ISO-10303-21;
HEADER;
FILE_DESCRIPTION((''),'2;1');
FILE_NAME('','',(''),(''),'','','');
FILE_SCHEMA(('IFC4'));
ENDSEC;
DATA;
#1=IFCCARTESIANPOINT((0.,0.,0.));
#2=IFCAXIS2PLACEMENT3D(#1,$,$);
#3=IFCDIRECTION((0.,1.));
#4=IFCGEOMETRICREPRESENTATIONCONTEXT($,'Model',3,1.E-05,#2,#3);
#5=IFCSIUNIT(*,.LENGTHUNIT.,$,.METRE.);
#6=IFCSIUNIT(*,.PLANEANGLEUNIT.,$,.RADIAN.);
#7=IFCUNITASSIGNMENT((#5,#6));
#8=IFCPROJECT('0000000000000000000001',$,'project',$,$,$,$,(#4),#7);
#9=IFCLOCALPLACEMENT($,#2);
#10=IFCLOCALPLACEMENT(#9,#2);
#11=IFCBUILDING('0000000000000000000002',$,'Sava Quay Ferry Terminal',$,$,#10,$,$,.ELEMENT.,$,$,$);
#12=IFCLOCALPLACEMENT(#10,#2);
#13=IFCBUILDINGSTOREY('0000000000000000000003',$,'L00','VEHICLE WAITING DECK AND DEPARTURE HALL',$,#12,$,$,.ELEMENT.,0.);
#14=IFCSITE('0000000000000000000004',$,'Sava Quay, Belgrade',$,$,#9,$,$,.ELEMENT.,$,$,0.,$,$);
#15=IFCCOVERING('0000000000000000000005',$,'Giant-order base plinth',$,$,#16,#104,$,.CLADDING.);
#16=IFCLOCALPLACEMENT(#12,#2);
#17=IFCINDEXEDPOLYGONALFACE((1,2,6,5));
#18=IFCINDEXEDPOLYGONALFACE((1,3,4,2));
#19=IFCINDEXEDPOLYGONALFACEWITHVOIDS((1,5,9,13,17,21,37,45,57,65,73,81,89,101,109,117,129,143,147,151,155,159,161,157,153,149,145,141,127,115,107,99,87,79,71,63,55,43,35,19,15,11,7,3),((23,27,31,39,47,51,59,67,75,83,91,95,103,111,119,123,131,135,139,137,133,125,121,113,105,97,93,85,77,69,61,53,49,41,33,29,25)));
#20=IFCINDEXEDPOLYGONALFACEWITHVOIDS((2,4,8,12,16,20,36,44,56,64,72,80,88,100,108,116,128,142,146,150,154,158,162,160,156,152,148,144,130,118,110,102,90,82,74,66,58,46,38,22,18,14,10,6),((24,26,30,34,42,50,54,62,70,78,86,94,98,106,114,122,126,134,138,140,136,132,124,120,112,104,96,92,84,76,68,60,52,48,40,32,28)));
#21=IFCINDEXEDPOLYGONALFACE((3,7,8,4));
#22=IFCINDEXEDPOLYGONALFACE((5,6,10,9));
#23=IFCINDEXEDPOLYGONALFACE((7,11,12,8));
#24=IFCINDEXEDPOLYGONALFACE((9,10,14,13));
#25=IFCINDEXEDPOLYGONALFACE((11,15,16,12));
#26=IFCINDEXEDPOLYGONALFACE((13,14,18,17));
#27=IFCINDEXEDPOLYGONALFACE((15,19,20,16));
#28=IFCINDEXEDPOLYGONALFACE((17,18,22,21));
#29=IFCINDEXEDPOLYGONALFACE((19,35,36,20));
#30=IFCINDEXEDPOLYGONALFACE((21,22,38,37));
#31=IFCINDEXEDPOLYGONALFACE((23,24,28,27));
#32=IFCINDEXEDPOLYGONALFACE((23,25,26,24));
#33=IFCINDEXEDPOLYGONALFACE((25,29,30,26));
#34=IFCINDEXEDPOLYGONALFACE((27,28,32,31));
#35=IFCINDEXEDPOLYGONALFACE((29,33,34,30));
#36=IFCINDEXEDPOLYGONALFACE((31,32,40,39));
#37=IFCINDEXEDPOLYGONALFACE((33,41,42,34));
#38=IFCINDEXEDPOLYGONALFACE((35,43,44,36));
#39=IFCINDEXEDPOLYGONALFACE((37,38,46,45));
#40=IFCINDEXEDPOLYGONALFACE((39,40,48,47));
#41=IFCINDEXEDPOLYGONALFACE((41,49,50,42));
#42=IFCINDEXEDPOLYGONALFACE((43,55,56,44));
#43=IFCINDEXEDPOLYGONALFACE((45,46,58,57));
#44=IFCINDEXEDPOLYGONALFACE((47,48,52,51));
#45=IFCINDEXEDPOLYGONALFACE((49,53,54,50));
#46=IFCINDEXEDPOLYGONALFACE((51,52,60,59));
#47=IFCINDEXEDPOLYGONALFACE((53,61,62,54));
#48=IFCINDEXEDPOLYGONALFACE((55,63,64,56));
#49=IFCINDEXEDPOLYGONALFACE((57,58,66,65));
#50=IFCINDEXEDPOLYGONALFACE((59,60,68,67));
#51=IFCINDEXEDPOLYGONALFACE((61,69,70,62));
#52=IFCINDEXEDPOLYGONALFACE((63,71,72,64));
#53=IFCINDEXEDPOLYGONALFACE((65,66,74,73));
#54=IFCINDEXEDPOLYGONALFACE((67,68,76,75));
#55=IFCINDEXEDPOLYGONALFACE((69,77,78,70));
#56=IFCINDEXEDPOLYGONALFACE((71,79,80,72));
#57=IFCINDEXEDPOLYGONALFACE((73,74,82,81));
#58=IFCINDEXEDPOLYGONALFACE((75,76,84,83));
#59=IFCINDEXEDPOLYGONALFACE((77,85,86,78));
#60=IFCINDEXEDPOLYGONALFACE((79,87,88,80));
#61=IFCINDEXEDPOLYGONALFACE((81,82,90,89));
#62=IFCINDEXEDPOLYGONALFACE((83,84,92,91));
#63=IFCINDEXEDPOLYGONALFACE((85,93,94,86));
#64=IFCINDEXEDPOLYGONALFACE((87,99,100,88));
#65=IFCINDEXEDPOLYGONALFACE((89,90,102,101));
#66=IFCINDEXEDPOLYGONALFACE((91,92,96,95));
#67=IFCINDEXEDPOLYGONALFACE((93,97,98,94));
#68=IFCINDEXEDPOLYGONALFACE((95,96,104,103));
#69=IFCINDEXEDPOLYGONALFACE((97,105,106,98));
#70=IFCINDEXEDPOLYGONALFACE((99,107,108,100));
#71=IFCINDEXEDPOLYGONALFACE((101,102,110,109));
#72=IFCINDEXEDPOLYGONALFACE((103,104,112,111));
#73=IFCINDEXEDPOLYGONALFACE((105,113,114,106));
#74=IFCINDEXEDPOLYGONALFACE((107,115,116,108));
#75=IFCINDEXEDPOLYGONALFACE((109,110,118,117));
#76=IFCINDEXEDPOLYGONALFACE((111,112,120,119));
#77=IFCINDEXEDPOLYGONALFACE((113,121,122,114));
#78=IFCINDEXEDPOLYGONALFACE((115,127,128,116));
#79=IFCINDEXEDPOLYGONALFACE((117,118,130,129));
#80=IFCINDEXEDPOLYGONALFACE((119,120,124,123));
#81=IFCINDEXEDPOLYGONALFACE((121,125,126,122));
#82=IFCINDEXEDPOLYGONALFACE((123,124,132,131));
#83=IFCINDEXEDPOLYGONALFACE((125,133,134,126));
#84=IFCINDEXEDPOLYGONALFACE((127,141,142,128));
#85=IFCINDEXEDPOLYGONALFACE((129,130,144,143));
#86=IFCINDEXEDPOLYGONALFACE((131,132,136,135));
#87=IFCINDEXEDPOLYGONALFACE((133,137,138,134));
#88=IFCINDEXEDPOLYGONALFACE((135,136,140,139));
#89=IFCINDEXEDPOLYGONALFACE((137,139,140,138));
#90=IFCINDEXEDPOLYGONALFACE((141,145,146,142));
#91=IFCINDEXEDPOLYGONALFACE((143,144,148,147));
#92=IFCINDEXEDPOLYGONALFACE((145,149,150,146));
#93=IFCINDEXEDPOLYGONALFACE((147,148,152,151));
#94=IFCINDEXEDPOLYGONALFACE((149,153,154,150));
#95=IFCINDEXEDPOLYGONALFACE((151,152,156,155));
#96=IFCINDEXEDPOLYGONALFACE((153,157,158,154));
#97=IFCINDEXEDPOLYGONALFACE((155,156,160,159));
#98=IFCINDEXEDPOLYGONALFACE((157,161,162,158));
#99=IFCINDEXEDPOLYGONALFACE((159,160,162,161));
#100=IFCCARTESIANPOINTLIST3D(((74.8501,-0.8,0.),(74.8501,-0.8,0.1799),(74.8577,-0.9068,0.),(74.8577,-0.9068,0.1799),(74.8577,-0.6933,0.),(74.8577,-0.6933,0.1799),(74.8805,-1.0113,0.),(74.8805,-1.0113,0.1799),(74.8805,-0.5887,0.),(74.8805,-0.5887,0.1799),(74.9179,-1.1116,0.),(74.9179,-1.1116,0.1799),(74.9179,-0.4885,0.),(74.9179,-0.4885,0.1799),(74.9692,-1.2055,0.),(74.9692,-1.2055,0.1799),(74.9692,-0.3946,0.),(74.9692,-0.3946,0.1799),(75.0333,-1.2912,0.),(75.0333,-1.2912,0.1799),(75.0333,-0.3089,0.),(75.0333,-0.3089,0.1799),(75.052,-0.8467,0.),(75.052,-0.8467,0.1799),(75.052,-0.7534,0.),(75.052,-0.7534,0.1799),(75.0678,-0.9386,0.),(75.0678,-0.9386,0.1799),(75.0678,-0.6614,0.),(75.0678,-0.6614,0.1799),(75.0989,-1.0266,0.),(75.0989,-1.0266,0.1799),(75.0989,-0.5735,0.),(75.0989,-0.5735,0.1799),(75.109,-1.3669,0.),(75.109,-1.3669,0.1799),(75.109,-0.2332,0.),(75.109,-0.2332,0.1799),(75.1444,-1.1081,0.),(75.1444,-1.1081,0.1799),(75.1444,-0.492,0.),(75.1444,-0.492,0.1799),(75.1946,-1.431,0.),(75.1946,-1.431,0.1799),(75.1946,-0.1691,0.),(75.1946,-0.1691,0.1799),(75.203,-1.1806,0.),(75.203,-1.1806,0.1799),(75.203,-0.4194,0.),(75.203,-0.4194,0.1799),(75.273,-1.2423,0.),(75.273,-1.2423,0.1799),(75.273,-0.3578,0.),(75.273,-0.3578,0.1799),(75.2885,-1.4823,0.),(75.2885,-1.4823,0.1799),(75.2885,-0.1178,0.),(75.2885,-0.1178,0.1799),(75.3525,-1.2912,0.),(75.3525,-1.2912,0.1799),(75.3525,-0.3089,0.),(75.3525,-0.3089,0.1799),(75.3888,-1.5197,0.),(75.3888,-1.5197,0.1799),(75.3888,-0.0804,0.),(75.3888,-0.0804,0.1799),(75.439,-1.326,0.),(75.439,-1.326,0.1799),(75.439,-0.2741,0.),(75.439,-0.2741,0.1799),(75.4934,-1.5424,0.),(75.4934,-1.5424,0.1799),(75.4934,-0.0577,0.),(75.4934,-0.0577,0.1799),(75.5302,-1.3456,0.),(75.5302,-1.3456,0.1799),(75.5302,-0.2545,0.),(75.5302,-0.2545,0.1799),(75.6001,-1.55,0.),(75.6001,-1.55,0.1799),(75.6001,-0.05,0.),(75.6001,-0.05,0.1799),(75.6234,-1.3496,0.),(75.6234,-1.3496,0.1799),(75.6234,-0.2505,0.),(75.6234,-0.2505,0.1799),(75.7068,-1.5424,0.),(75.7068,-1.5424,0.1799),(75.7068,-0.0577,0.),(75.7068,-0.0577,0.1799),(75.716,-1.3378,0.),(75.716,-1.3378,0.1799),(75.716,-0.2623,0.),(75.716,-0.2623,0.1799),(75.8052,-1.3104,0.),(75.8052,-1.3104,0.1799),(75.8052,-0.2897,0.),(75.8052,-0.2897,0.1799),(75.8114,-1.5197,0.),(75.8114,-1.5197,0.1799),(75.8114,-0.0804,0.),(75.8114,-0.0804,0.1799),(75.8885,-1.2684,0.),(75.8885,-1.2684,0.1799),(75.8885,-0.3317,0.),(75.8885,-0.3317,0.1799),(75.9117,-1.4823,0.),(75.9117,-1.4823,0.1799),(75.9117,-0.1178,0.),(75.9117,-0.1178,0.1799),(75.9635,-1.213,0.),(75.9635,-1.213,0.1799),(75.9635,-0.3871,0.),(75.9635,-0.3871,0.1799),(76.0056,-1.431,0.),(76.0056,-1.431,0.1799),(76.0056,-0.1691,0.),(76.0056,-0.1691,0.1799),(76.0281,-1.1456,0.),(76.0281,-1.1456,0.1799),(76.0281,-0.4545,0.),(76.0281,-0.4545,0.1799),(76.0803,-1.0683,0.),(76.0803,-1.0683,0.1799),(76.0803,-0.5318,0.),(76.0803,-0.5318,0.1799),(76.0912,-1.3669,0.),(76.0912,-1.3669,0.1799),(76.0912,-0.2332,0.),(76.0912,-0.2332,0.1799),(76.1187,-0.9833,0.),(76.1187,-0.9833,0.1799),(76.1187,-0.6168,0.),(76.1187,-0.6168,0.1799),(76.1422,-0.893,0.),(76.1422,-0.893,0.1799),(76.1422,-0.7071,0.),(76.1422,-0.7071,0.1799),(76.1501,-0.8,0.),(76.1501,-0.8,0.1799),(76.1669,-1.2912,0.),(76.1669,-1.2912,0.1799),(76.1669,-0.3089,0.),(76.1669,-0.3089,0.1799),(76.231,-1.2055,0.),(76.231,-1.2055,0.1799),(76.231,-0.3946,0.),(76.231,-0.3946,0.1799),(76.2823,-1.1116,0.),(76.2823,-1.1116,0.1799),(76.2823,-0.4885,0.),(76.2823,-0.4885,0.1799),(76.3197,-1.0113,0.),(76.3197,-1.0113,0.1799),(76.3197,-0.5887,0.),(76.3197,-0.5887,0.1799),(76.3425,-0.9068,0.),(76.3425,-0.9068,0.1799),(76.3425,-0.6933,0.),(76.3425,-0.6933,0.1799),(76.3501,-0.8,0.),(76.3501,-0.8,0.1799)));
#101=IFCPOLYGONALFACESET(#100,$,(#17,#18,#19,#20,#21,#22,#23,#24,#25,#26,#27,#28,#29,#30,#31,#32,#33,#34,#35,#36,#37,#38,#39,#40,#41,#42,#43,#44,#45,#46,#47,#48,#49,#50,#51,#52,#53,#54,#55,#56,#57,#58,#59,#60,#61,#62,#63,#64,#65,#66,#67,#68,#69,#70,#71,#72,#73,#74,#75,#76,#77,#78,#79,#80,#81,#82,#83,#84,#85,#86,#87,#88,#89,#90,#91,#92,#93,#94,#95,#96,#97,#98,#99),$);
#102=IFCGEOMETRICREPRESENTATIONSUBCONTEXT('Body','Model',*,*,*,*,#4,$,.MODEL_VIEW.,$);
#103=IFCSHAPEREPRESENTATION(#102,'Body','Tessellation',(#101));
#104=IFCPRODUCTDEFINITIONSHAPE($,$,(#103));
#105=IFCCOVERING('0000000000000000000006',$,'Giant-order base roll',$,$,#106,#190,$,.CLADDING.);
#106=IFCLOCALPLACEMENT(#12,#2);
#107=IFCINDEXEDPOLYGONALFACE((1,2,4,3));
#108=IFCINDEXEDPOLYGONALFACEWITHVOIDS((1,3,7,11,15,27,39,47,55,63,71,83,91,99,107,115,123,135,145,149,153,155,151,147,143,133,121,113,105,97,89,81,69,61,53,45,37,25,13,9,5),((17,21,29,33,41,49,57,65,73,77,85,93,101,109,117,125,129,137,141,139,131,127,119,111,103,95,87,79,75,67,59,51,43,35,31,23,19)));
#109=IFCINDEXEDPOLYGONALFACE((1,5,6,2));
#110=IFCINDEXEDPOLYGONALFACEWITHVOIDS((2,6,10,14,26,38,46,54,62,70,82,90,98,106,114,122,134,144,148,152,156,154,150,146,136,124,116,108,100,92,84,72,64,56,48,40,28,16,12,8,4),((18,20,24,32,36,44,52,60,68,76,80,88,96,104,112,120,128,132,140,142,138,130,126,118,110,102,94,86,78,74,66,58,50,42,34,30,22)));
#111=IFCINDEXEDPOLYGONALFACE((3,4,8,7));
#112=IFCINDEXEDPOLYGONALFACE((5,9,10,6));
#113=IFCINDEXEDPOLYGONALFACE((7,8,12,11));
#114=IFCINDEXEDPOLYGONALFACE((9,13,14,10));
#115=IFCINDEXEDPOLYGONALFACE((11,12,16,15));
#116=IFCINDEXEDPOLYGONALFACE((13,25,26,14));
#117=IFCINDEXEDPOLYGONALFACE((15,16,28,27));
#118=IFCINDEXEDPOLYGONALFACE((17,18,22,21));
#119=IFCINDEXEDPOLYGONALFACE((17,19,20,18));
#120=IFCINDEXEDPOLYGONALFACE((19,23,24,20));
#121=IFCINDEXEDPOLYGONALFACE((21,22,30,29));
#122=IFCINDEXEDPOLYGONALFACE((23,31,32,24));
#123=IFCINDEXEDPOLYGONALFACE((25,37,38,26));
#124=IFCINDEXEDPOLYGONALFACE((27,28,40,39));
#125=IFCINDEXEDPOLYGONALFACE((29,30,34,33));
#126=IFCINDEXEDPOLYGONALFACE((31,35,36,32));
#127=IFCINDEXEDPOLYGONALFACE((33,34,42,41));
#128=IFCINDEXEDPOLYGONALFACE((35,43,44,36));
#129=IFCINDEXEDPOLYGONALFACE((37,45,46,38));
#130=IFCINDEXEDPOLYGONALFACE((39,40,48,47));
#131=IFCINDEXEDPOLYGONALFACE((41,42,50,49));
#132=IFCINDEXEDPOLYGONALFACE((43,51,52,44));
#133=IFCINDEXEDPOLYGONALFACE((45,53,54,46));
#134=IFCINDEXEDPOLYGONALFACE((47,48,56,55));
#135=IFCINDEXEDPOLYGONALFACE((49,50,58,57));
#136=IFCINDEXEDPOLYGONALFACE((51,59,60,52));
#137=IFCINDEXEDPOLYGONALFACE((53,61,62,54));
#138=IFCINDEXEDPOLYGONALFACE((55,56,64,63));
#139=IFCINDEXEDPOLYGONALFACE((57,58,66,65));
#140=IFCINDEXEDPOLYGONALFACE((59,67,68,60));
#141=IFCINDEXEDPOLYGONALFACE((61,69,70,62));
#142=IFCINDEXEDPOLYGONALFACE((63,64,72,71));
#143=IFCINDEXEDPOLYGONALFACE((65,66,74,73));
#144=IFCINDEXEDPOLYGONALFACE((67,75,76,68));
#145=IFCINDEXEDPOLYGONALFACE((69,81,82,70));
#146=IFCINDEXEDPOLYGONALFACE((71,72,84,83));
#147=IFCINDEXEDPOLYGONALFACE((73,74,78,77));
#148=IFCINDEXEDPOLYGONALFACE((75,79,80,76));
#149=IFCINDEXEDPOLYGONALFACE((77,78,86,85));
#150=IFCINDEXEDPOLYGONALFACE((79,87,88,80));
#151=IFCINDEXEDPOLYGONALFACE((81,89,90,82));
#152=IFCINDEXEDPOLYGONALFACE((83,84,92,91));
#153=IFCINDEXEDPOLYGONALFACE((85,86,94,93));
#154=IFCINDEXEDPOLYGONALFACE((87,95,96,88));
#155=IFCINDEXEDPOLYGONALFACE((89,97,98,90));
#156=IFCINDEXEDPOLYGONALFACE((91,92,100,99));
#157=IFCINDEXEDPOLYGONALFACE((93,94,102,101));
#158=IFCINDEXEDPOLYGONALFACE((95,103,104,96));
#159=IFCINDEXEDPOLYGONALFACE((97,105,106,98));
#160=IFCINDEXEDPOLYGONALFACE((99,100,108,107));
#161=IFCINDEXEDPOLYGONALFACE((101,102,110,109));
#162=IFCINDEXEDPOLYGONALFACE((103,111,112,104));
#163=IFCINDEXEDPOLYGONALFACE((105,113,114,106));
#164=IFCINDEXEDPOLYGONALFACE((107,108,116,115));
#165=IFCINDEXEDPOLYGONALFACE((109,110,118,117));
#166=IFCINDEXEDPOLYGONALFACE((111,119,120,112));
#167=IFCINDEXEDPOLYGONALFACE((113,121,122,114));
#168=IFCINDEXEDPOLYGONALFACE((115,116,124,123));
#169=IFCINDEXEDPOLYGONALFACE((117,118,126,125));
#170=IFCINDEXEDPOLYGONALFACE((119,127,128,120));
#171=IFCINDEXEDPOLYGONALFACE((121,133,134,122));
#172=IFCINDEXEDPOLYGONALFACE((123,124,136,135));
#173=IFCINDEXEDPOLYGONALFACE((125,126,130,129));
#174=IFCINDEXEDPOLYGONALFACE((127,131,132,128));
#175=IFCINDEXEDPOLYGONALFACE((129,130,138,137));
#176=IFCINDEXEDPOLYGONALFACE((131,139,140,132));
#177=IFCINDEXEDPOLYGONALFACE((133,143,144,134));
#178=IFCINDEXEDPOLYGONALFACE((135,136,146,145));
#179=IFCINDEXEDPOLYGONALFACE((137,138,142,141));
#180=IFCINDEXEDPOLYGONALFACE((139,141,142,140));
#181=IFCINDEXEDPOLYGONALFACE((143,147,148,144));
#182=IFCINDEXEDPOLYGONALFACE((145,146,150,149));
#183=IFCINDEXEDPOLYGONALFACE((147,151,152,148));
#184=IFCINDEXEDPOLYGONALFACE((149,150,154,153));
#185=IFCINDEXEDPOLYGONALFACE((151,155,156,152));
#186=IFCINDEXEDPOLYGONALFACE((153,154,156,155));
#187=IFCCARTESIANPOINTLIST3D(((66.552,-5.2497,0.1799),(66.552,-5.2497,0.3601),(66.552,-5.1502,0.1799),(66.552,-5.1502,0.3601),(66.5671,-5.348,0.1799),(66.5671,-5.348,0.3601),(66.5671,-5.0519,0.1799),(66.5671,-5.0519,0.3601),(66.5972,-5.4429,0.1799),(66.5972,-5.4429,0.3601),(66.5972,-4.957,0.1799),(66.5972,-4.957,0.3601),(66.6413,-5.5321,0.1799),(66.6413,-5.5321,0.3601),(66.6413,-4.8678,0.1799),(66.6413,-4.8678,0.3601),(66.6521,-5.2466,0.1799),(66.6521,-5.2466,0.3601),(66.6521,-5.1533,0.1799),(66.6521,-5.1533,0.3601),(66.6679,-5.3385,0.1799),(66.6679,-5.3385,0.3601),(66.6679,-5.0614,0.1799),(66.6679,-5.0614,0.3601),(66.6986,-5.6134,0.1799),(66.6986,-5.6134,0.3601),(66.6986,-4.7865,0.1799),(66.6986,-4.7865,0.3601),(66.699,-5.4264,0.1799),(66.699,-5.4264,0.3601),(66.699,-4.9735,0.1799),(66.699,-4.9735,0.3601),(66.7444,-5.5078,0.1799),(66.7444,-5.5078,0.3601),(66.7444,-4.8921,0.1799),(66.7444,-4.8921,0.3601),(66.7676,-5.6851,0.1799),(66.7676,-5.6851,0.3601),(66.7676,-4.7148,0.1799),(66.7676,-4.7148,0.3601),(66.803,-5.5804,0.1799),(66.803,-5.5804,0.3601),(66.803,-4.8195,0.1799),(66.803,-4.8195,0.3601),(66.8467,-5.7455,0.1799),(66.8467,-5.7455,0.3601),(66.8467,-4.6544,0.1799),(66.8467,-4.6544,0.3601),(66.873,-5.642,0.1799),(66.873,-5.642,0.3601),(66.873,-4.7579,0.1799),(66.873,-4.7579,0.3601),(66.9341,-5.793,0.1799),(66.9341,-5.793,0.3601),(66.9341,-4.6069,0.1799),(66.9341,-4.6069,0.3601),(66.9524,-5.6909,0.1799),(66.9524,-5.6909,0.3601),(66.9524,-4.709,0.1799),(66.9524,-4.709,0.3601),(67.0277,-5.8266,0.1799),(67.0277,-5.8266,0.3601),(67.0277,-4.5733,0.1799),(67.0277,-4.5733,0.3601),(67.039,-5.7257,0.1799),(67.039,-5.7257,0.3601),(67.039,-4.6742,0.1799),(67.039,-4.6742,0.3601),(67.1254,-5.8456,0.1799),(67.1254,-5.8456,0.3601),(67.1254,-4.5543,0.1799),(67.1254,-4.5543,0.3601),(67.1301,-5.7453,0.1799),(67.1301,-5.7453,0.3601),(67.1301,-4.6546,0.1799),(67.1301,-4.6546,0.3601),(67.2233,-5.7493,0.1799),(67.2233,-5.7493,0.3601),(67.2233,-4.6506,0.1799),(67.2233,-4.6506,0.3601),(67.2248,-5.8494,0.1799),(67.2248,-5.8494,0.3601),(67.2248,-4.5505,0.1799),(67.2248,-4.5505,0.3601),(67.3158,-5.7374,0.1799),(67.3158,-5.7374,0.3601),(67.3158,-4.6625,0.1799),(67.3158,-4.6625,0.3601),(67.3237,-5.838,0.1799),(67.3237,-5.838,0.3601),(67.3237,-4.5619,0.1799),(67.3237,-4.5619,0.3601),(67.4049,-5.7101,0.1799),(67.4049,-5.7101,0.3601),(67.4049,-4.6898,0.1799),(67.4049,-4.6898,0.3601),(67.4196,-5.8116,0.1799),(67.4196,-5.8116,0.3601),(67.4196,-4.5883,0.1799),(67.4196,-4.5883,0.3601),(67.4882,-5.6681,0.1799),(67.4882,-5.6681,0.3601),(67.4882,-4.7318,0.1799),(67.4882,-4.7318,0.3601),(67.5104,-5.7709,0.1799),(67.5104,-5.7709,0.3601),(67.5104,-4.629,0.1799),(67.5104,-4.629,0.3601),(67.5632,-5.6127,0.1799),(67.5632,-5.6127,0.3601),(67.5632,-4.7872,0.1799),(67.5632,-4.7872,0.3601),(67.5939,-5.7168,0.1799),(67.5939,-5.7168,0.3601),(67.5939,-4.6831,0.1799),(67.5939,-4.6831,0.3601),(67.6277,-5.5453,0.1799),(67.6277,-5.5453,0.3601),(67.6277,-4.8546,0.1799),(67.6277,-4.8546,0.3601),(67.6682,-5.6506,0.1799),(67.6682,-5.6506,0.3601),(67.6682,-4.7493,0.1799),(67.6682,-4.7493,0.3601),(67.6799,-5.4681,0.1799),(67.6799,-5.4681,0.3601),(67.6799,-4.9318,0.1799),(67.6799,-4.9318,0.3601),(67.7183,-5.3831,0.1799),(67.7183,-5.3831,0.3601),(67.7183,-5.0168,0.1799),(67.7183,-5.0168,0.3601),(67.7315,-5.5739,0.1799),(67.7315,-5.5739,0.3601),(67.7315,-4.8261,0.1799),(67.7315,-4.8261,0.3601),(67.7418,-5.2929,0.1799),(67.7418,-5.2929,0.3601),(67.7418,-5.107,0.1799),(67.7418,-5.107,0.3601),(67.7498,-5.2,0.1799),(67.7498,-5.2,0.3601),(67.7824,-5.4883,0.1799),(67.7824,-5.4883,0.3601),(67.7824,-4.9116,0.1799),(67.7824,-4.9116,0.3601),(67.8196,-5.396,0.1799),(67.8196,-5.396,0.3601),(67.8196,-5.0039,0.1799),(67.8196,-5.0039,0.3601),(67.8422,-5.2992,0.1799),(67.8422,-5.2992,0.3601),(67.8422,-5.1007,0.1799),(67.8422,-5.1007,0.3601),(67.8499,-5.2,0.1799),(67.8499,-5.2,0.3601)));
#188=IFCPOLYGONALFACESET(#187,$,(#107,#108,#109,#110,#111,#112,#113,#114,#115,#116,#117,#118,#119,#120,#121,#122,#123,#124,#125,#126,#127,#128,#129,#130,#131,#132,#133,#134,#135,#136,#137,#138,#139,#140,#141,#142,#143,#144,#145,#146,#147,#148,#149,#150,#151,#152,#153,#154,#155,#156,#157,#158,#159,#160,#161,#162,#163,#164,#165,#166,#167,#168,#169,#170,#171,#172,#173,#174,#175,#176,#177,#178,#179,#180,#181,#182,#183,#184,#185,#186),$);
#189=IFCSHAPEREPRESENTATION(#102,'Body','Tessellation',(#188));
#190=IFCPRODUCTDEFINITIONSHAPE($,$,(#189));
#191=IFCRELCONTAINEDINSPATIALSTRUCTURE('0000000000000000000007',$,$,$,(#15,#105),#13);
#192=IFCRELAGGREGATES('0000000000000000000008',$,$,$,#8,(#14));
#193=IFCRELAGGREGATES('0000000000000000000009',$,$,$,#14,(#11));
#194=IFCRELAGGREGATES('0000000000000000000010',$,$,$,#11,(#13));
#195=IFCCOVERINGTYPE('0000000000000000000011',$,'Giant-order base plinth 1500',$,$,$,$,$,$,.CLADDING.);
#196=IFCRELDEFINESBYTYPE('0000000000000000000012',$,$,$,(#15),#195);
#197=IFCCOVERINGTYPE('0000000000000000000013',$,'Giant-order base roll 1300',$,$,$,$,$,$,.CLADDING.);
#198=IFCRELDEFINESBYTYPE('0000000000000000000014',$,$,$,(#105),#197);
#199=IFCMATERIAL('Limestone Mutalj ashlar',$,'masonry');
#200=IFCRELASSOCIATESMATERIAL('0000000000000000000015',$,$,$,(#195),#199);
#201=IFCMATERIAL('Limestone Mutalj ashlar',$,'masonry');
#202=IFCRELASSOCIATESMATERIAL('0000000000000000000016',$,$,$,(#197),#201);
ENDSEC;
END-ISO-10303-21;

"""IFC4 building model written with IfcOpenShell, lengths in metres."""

from ifc_helpers import new_model, si_unit, direction, frame, origin, origin_2d, place, context, subcontext, project, spatial, hollow_circle, extrude, material, material_profile, profile_set, type_object, element, save


model = new_model("IFC4")

# Units and contexts
model_context = context("Model", 3, precision=1e-05, world=origin(), true_north=direction((0.0, 1.0)))
body_context = subcontext(model_context, "Body", "Model", "MODEL_VIEW")
ifc_project = project(units=[si_unit("LENGTHUNIT", "METRE"), si_unit("PLANEANGLEUNIT", "RADIAN")], contexts=[model_context])

# Site, building, storey
site_placement = place(None, origin())
site = spatial("IfcSite", under=ifc_project, at=site_placement, Name="Sava Quay, Belgrade", CompositionType="ELEMENT", RefElevation=0.0)
building_placement = place(site_placement, origin())
building = spatial("IfcBuilding", under=site, at=building_placement, Name="Sava Quay Ferry Terminal", CompositionType="ELEMENT")
storey_placement = place(building_placement, origin())
storey = spatial("IfcBuildingStorey", under=building, at=storey_placement, Name="L00", Description="VEHICLE WAITING DECK AND DEPARTURE HALL", CompositionType="ELEMENT", Elevation=0.0)

# Coverings
ifc_material_1 = material(Name="Limestone Mutalj ashlar", Category="masonry")
ifc_material_profile_1 = material_profile(ifc_material_1, hollow_circle(Radius=0.75, WallThickness=0.2, at=origin_2d()), Name="Base plinth 1500")
ifc_profile_set_1 = profile_set([ifc_material_profile_1], Name="Limestone Mutalj ashlar")
covering_type_1 = type_object("IfcCoveringType", Name="Giant-order base plinth 1500", PredefinedType="CLADDING", material=ifc_profile_set_1)
for number, where, z_axis, x_axis, name in (
    (1, (75.6001, -0.8, 0.0), (0.0, 0.0, 1.0), (1.0, 0.0, 0.0), "Giant-order base plinth"),
):
    element("IfcCovering", number, at=place(storey_placement, frame(where, z_axis=z_axis, x_axis=x_axis)), inside=storey, type_object=covering_type_1, Name=name, PredefinedType="CLADDING", context=body_context, shape_type="SweptSolid", body=[
        extrude(hollow_circle(Radius=0.75, WallThickness=0.2, at=origin_2d()), origin(), (0.0, 0.0, 1.0), 0.1799),
    ])
ifc_material_2 = material(Name="Limestone Mutalj ashlar", Category="masonry")
ifc_material_profile_2 = material_profile(ifc_material_2, hollow_circle(Radius=0.6499, WallThickness=0.1001, at=origin_2d()), Name="Base roll 1300")
ifc_profile_set_2 = profile_set([ifc_material_profile_2], Name="Limestone Mutalj ashlar")
covering_type_2 = type_object("IfcCoveringType", Name="Giant-order base roll 1300", PredefinedType="CLADDING", material=ifc_profile_set_2)
for number, where, z_axis, x_axis, name in (
    (2, (67.2, -5.2, 0.1799), (0.0, 0.0, 1.0), (1.0, 0.0, 0.0), "Giant-order base roll"),
):
    element("IfcCovering", number, at=place(storey_placement, frame(where, z_axis=z_axis, x_axis=x_axis)), inside=storey, type_object=covering_type_2, Name=name, PredefinedType="CLADDING", context=body_context, shape_type="SweptSolid", body=[
        extrude(hollow_circle(Radius=0.6499, WallThickness=0.1001, at=origin_2d()), origin(), (0.0, 0.0, 1.0), 0.1802),
    ])

save(model, "model.ifc")
